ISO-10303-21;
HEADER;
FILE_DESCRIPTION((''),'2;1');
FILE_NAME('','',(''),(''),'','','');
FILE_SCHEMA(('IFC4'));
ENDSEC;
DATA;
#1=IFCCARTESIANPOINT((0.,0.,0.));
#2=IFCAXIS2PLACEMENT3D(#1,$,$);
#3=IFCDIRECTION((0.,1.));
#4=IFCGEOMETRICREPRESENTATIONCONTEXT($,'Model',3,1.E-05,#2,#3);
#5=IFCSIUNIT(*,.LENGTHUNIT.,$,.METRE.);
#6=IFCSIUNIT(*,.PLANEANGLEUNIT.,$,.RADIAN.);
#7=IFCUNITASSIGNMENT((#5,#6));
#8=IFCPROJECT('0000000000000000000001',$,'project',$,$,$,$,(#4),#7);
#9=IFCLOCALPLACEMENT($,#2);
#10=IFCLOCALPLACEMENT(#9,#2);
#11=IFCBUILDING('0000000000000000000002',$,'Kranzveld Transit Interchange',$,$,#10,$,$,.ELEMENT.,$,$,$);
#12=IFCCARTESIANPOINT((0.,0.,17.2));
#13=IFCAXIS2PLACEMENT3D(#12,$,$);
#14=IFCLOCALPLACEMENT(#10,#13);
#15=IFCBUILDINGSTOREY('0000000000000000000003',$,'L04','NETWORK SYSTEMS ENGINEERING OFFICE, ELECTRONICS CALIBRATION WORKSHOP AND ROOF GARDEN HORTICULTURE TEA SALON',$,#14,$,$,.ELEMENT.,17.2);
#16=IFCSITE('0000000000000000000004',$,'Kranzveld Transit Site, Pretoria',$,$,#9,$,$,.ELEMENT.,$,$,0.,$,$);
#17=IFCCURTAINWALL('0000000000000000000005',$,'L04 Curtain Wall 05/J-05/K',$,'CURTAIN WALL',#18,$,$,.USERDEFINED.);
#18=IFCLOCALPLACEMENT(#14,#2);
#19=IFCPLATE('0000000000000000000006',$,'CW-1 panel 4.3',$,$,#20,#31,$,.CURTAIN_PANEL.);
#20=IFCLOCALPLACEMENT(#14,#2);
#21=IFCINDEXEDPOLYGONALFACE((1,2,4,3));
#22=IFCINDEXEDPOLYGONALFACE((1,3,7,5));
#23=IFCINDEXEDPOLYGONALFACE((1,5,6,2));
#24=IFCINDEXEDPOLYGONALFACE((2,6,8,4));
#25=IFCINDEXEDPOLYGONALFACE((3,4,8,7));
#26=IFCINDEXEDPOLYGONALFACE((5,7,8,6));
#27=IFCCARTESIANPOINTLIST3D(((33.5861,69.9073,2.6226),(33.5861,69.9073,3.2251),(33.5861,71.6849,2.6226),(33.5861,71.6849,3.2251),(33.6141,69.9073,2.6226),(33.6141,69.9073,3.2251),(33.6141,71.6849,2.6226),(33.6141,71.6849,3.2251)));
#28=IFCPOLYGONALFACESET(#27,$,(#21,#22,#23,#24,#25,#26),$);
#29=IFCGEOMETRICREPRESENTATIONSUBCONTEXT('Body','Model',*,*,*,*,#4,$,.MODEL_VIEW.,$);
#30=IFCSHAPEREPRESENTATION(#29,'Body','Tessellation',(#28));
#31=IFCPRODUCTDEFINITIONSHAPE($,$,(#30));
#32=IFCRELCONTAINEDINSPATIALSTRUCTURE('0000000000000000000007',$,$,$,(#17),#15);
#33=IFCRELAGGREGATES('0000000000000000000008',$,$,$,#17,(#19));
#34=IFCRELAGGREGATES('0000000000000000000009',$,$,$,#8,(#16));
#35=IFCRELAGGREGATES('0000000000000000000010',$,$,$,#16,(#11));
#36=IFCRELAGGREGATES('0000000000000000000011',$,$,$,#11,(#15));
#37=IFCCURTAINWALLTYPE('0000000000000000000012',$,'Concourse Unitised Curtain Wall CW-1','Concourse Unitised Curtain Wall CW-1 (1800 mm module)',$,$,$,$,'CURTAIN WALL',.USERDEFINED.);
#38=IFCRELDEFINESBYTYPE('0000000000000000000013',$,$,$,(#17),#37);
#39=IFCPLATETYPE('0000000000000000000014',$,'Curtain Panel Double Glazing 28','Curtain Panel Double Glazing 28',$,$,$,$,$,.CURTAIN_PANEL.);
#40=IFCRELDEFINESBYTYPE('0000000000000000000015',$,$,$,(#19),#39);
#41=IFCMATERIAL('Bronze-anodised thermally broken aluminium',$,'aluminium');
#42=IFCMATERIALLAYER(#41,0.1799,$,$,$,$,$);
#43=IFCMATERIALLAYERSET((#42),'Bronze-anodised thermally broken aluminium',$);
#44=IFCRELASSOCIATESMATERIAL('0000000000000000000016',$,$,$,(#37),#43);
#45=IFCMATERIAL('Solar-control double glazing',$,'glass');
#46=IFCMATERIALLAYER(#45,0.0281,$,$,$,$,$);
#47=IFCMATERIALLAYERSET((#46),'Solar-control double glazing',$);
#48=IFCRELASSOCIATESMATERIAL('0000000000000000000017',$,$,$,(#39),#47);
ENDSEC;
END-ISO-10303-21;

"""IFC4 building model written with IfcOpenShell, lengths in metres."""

from ifc_helpers import new_model, si_unit, direction, frame, origin, origin_2d, place, context, subcontext, project, spatial, rectangle, extrude, material, layer, layer_set, type_object, element, aggregate, save


model = new_model("IFC4")

# Units and contexts
model_context = context("Model", 3, precision=1e-05, world=origin(), true_north=direction((0.0, 1.0)))
body_context = subcontext(model_context, "Body", "Model", "MODEL_VIEW")
ifc_project = project(units=[si_unit("LENGTHUNIT", "METRE"), si_unit("PLANEANGLEUNIT", "RADIAN")], contexts=[model_context])

# Site, building, storey
site_placement = place(None, origin())
site = spatial("IfcSite", under=ifc_project, at=site_placement, Name="Kranzveld Transit Site, Pretoria", CompositionType="ELEMENT", RefElevation=0.0)
building_placement = place(site_placement, origin())
building = spatial("IfcBuilding", under=site, at=building_placement, Name="Kranzveld Transit Interchange", CompositionType="ELEMENT")
storey_placement = place(building_placement, frame((0.0, 0.0, 17.2)))
storey = spatial("IfcBuildingStorey", under=building, at=storey_placement, Name="L04", Description="NETWORK SYSTEMS ENGINEERING OFFICE, ELECTRONICS CALIBRATION WORKSHOP AND ROOF GARDEN HORTICULTURE TEA SALON", CompositionType="ELEMENT", Elevation=17.2)

# Curtain wall
ifc_material_1 = material(Name="Bronze-anodised thermally broken aluminium", Category="aluminium")
ifc_layer_1 = layer(ifc_material_1, 0.1799)
ifc_layer_set_1 = layer_set([ifc_layer_1], Name="Bronze-anodised thermally broken aluminium")
curtain_wall_type_1 = type_object("IfcCurtainWallType", Name="Concourse Unitised Curtain Wall CW-1", Description="Concourse Unitised Curtain Wall CW-1 (1800 mm module)", ElementType="CURTAIN WALL", PredefinedType="USERDEFINED", material=ifc_layer_set_1)
curtain_wall_1_placement = place(storey_placement, origin())
curtain_wall_1 = element("IfcCurtainWall", 1, at=curtain_wall_1_placement, inside=storey, type_object=curtain_wall_type_1, Name="L04 Curtain Wall 05/J-05/K", ObjectType="CURTAIN WALL", PredefinedType="USERDEFINED")

# Plate
ifc_material_2 = material(Name="Solar-control double glazing", Category="glass")
ifc_layer_2 = layer(ifc_material_2, 0.0281)
ifc_layer_set_2 = layer_set([ifc_layer_2], Name="Solar-control double glazing")
plate_type_1 = type_object("IfcPlateType", Name="Curtain Panel Double Glazing 28", Description="Curtain Panel Double Glazing 28", PredefinedType="CURTAIN_PANEL", material=ifc_layer_set_2)
plate_1_placement = place(storey_placement, frame((33.6001, 70.7961, 2.6226), z_axis=(0.0, 0.0, 1.0), x_axis=(0.0, 1.0, 0.0)))
plate_1 = element("IfcPlate", 2, at=plate_1_placement, type_object=plate_type_1, Name="CW-1 panel 4.3", PredefinedType="CURTAIN_PANEL", context=body_context, shape_type="SweptSolid", body=[
    extrude(rectangle(XDim=1.7776, YDim=0.0281, at=origin_2d()), origin(), (0.0, 0.0, 1.0), 0.6025),
])
aggregate(curtain_wall_1, [plate_1])

save(model, "model.ifc")
